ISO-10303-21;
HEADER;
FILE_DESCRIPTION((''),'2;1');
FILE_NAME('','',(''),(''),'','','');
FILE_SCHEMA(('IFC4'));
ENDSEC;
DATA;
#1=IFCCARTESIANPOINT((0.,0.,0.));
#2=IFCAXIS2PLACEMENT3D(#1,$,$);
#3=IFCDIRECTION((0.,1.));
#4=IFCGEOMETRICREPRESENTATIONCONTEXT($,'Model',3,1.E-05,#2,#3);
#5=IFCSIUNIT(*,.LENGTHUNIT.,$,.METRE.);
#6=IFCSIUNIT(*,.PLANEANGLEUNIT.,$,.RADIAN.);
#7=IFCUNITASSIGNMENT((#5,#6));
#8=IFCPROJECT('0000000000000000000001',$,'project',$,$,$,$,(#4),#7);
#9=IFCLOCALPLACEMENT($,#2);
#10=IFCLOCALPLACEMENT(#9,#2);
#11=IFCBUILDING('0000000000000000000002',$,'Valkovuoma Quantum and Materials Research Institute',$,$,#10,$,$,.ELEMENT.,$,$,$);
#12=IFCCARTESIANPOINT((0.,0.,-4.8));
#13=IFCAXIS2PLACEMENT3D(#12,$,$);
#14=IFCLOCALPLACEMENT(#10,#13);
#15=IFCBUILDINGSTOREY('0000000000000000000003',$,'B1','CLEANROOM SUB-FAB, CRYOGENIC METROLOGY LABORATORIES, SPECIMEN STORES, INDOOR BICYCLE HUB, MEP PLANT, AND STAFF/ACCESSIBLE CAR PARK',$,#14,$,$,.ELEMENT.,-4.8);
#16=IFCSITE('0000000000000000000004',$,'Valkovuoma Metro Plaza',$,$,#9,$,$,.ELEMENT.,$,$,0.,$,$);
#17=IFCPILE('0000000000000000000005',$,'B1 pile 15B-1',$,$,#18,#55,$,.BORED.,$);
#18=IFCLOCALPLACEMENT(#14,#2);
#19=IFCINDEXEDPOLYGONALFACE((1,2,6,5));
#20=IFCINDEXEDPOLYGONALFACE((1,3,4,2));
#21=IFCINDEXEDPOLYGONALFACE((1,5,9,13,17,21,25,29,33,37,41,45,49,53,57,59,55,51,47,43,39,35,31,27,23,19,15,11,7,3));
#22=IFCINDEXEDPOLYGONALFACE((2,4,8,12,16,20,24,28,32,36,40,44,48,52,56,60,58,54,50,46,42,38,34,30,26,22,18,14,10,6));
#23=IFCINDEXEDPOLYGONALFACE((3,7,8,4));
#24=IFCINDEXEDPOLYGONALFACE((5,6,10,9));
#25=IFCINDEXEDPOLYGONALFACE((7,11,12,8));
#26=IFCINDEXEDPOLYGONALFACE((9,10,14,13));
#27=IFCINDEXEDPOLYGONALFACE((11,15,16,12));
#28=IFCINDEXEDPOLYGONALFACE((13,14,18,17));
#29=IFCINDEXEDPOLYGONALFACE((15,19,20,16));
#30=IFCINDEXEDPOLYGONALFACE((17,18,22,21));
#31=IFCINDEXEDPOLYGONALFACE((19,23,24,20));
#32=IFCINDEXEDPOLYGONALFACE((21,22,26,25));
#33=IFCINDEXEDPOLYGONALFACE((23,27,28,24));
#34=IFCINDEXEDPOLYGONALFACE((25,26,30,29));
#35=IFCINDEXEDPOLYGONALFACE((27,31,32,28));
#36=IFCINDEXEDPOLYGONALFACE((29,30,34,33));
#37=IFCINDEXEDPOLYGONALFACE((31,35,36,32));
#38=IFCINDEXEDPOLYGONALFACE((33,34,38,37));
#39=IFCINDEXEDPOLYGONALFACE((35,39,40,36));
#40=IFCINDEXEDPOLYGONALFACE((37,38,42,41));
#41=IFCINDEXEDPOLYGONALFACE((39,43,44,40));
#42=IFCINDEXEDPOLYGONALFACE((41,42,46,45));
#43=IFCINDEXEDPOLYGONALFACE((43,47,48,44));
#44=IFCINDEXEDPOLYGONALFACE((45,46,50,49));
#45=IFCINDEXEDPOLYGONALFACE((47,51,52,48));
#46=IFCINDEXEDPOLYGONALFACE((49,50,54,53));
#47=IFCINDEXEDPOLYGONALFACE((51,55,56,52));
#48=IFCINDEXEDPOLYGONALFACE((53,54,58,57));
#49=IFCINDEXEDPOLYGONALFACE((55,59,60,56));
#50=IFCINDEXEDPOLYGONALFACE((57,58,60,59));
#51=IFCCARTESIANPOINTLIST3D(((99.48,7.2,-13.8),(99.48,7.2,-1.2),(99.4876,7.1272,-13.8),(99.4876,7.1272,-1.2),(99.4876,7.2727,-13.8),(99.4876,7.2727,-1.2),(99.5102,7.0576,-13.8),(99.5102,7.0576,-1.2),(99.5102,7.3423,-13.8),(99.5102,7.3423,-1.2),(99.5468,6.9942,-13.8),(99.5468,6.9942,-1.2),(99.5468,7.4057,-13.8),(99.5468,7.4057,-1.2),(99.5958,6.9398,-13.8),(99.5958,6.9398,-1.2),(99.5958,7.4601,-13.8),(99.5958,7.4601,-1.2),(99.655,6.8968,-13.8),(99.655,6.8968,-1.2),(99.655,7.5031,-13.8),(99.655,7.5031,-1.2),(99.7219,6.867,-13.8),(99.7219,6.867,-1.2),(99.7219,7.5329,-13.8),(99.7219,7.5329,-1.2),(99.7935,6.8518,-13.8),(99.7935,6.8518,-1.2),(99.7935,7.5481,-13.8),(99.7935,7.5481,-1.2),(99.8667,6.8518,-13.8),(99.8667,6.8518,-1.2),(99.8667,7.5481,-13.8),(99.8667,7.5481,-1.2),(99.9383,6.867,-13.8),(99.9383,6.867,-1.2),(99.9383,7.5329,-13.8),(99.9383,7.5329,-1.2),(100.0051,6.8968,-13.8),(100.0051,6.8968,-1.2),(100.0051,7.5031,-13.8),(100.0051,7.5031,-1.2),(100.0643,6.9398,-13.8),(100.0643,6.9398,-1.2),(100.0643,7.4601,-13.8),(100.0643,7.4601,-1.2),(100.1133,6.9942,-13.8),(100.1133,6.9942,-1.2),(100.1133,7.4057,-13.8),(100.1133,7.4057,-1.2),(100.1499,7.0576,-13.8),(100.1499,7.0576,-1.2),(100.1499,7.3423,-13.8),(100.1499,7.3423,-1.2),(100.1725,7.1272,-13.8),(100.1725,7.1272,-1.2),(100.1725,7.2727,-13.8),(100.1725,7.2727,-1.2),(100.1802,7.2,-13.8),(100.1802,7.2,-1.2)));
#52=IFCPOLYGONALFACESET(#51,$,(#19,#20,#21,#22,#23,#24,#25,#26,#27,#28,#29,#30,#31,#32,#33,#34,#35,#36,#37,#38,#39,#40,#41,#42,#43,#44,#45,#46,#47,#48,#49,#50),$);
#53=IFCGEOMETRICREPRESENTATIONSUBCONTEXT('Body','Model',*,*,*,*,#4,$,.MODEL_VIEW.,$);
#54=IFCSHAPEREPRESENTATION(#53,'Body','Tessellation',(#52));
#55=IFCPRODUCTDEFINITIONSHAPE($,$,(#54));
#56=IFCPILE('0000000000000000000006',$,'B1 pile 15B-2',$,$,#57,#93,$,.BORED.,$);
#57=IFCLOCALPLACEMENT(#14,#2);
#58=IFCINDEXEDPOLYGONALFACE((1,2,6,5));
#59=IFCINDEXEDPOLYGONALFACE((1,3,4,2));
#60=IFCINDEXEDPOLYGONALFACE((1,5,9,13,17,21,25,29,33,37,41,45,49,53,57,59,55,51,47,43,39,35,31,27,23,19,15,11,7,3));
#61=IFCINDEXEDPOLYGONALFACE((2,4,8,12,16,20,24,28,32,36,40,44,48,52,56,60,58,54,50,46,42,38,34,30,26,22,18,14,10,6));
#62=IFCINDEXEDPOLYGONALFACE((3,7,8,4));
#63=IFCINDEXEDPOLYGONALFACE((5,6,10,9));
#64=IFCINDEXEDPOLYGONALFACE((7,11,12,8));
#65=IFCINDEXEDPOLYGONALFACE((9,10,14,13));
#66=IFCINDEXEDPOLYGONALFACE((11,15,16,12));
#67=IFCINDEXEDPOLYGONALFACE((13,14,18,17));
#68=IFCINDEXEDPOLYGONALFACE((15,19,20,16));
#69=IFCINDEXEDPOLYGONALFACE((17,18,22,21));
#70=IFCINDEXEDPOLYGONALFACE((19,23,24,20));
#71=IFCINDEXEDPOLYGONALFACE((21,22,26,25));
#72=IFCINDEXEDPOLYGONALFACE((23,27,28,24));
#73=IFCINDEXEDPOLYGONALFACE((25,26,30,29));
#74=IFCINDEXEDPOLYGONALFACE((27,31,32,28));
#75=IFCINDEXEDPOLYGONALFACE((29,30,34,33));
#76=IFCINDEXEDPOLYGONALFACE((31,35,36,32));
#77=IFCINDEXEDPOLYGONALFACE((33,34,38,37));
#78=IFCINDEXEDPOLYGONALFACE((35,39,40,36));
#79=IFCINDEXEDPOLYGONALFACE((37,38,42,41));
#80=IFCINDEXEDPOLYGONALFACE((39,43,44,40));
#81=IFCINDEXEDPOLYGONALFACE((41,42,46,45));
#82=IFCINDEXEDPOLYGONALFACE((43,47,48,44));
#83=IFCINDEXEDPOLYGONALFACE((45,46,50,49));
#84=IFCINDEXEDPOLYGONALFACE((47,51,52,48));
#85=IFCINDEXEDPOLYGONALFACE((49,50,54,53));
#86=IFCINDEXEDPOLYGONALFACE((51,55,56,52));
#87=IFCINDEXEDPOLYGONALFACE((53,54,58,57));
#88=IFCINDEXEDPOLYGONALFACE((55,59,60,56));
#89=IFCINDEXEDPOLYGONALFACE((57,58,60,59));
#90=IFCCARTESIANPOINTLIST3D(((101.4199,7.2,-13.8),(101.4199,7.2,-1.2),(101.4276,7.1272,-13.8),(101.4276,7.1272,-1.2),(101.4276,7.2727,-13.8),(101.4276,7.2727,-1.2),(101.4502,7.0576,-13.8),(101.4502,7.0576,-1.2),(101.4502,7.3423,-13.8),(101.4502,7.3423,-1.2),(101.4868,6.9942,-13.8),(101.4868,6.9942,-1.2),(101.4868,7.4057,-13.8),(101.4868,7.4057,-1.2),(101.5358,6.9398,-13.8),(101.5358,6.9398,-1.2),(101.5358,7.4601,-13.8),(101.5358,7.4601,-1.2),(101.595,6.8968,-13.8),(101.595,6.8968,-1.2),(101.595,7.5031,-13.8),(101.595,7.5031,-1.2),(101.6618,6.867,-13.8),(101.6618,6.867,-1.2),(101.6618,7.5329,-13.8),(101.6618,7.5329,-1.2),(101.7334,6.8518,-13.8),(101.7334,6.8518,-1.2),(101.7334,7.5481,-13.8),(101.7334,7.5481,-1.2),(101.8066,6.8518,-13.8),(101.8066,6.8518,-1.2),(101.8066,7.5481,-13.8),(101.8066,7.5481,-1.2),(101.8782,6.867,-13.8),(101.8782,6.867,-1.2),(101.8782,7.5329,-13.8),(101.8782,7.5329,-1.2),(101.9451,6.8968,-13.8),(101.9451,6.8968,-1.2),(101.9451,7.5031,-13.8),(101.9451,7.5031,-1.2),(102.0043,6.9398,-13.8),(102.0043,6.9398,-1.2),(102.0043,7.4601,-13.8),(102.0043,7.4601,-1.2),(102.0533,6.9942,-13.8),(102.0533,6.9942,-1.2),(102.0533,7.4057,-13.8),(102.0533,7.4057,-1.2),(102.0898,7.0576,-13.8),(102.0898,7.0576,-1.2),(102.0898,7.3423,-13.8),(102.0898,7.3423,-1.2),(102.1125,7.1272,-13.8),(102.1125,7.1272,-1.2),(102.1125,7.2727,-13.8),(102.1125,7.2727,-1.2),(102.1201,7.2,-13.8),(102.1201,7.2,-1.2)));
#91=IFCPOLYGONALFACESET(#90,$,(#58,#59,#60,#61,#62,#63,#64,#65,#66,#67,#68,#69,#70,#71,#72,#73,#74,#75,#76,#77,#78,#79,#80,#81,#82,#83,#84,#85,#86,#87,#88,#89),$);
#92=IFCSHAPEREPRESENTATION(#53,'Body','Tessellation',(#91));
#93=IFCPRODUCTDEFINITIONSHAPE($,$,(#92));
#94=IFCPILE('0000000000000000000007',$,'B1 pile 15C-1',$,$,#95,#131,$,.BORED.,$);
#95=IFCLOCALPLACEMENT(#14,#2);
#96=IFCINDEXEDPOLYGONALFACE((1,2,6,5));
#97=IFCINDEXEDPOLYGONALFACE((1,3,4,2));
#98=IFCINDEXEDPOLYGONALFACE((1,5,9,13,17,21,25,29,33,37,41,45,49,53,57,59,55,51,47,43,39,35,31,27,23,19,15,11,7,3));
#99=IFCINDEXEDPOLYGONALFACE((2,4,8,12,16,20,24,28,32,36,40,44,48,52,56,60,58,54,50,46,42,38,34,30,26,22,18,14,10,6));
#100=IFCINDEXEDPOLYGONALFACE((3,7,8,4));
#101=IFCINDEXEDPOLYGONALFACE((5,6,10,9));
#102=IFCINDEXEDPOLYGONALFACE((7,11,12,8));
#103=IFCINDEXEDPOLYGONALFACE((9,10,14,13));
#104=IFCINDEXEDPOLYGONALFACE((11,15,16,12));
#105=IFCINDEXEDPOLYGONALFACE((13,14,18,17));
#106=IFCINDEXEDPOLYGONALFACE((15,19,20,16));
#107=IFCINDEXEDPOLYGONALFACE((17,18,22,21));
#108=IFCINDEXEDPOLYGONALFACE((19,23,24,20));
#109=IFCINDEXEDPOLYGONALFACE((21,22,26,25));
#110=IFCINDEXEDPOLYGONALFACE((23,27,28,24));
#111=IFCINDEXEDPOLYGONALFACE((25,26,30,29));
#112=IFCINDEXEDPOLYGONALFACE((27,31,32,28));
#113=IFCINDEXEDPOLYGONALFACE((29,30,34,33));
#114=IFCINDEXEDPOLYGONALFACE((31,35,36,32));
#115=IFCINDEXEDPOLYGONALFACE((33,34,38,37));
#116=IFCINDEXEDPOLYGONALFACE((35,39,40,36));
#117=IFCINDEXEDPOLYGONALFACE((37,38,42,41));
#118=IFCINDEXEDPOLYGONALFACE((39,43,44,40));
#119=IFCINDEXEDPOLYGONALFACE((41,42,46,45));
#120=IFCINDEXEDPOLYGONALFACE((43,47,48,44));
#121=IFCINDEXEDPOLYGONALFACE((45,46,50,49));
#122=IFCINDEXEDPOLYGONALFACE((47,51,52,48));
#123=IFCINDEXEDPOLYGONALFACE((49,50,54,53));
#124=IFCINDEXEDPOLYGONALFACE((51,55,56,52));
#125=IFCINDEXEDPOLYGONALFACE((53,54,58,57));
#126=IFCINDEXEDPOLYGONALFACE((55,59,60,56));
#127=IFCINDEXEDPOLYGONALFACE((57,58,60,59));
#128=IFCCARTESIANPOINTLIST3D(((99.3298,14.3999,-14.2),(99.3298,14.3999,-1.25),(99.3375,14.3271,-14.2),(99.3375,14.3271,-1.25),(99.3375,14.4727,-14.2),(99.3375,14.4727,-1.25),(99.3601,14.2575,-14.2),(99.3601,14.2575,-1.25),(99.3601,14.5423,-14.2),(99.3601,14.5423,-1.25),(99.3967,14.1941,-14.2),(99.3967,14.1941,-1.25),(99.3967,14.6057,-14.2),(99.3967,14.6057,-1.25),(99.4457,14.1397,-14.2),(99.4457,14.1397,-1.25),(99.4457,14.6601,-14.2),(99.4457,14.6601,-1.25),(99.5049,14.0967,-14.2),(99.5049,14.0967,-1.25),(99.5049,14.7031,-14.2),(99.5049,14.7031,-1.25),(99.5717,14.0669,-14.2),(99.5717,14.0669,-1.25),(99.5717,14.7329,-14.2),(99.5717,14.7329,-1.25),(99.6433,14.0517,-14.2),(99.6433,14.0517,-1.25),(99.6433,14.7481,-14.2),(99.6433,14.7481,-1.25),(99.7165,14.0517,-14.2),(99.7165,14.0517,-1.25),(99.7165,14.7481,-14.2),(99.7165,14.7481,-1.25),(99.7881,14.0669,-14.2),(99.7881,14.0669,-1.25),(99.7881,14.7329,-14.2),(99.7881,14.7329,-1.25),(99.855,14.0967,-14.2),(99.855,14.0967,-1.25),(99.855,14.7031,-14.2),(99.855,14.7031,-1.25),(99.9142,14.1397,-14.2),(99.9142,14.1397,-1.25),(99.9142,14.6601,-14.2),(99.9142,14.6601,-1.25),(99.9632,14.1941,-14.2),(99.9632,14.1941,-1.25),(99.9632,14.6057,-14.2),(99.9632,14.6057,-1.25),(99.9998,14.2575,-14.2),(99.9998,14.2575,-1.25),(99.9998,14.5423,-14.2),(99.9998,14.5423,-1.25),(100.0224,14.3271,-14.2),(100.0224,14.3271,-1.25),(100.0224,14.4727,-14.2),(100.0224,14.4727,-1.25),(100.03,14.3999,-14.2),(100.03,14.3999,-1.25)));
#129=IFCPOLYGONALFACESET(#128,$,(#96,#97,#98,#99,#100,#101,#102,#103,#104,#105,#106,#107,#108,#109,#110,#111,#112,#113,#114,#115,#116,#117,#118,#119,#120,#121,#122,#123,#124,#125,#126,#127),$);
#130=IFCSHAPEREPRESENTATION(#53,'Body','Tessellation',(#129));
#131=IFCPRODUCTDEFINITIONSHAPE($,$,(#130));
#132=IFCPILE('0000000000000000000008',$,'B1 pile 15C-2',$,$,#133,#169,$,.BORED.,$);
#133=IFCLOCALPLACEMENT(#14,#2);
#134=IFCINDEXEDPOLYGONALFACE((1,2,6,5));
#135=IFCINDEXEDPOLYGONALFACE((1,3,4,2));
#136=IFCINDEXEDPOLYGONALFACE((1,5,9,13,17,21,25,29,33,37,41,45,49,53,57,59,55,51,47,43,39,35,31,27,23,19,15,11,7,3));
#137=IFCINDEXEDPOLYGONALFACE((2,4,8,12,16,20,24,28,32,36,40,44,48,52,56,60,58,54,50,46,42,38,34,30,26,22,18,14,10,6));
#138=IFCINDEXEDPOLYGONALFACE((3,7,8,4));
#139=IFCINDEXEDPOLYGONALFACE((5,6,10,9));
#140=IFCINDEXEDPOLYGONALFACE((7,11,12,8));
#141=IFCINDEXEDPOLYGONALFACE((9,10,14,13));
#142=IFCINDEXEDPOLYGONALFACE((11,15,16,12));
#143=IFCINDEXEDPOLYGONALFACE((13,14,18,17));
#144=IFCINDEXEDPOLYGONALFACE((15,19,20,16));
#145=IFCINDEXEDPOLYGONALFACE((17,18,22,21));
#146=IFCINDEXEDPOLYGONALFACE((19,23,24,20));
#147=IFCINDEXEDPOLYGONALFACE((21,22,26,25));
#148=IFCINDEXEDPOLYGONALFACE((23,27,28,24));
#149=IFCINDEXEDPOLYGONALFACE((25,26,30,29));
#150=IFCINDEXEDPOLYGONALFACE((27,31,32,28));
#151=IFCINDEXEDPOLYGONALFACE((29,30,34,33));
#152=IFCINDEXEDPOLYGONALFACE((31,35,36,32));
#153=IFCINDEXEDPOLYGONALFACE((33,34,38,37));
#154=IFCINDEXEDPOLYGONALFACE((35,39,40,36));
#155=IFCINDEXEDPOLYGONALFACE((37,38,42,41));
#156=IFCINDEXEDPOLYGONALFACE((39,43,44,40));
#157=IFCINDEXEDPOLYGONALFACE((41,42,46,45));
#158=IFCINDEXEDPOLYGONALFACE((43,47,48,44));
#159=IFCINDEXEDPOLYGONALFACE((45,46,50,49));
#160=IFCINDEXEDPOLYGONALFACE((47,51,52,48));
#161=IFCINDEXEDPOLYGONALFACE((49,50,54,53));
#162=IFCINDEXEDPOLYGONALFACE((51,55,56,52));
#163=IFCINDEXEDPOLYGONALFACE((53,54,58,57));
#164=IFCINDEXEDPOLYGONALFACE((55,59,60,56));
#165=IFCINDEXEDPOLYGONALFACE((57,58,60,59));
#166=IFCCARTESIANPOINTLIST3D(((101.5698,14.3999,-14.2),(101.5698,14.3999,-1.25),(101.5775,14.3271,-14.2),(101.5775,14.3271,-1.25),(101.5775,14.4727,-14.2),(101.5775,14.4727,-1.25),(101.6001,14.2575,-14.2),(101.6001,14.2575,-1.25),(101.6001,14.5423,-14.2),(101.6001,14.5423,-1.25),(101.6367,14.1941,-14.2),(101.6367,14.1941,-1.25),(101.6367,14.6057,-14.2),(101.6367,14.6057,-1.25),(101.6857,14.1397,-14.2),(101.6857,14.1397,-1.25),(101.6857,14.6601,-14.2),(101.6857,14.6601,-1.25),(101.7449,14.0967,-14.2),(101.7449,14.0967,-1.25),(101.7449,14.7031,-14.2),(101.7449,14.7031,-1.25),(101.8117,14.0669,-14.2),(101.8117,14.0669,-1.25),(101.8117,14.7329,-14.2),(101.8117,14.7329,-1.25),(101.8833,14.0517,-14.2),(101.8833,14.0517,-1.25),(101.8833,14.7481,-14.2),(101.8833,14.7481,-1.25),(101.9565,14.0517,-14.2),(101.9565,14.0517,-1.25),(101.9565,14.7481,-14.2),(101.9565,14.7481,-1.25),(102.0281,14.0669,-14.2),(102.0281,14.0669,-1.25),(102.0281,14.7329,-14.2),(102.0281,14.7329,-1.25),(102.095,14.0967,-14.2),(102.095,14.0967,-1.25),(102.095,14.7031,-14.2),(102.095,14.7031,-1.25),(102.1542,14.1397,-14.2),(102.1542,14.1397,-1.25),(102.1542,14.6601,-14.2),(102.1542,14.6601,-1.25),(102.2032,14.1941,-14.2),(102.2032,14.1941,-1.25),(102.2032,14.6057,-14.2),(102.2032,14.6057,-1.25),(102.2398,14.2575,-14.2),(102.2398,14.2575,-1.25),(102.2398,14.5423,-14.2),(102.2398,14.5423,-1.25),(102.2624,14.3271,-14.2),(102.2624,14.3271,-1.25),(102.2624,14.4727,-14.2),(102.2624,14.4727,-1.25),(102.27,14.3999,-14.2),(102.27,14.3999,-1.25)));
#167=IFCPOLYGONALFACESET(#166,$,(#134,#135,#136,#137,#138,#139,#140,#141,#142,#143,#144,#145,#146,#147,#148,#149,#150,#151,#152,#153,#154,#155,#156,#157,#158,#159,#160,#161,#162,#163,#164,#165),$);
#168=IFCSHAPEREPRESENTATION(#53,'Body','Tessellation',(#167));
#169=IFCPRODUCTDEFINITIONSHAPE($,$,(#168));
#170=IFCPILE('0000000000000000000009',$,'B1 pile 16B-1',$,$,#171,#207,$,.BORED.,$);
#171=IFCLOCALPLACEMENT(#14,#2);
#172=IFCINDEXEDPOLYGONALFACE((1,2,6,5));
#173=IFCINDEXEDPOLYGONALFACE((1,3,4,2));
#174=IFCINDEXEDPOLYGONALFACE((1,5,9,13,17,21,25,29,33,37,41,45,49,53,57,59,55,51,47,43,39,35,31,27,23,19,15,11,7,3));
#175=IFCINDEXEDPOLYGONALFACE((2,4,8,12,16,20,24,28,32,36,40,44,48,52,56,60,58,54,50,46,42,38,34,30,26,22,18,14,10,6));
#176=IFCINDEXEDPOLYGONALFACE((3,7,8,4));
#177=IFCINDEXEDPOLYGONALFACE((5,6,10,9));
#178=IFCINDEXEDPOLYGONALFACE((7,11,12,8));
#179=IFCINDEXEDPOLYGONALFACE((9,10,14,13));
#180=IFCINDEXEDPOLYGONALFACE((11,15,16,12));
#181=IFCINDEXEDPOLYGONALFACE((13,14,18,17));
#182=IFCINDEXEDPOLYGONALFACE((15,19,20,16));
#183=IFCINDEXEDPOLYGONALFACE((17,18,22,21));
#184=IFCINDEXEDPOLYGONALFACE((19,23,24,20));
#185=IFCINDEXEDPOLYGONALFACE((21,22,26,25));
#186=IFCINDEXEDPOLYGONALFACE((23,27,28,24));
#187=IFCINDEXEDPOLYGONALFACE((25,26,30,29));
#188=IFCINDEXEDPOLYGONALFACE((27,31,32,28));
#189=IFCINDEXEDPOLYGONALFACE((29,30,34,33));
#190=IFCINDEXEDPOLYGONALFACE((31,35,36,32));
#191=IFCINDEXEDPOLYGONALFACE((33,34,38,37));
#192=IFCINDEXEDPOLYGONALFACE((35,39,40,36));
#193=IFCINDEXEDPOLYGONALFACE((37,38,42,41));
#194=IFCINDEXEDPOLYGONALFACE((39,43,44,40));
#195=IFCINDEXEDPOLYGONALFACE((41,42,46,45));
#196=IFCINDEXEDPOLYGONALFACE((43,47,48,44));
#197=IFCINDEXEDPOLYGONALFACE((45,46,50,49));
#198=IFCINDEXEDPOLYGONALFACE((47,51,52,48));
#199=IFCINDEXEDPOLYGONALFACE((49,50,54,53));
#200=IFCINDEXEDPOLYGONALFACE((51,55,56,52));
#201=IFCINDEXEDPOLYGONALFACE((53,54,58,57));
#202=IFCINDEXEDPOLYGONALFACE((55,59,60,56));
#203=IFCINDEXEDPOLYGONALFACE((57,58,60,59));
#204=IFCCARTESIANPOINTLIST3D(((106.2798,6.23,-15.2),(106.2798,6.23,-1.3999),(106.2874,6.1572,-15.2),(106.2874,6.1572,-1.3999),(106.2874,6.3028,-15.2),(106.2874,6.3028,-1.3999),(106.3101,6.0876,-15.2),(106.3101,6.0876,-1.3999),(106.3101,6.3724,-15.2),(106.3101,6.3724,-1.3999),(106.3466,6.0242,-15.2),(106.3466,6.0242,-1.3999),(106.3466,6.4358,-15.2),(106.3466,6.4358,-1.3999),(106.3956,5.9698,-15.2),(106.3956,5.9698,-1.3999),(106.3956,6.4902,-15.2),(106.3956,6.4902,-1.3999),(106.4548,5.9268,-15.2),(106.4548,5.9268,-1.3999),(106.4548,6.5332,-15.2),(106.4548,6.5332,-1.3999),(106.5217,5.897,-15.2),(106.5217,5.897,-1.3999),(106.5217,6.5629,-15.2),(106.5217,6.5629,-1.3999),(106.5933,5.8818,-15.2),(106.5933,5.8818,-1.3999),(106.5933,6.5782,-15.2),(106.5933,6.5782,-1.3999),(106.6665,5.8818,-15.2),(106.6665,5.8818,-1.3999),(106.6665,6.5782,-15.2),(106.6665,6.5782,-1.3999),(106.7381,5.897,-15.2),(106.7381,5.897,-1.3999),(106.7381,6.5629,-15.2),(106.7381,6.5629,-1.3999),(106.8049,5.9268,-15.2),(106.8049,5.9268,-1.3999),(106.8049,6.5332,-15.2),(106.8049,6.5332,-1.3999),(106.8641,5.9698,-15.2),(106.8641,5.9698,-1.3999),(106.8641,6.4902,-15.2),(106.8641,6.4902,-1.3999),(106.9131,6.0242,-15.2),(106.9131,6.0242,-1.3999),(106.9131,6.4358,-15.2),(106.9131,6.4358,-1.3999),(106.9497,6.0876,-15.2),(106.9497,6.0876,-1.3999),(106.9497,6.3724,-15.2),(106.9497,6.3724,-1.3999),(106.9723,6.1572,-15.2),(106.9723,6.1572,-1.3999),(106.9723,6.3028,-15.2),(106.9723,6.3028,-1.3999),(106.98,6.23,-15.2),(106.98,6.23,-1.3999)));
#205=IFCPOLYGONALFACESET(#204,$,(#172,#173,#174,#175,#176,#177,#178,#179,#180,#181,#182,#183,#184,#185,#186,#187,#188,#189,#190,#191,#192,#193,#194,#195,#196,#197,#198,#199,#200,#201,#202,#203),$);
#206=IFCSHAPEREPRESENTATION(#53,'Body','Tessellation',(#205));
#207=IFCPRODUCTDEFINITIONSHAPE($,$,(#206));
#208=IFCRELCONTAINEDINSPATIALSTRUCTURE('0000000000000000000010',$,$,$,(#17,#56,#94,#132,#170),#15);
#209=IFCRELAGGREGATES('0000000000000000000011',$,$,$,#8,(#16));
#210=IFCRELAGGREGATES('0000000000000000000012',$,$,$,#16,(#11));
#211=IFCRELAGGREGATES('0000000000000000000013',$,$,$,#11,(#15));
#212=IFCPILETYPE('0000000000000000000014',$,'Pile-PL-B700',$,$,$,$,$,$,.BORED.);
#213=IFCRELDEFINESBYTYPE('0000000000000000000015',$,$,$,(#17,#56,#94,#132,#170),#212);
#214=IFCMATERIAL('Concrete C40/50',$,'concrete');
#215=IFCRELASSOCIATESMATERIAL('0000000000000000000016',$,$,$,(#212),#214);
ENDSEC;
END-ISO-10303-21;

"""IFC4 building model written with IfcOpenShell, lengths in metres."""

from ifc_helpers import new_model, si_unit, direction, frame, origin, origin_2d, place, context, subcontext, project, spatial, circle, extrude, material, material_profile, profile_set, type_object, element, save


model = new_model("IFC4")

# Units and contexts
model_context = context("Model", 3, precision=1e-05, world=origin(), true_north=direction((0.0, 1.0)))
body_context = subcontext(model_context, "Body", "Model", "MODEL_VIEW")
ifc_project = project(units=[si_unit("LENGTHUNIT", "METRE"), si_unit("PLANEANGLEUNIT", "RADIAN")], contexts=[model_context])

# Site, building, storey
site_placement = place(None, origin())
site = spatial("IfcSite", under=ifc_project, at=site_placement, Name="Valkovuoma Metro Plaza", CompositionType="ELEMENT", RefElevation=0.0)
building_placement = place(site_placement, origin())
building = spatial("IfcBuilding", under=site, at=building_placement, Name="Valkovuoma Quantum and Materials Research Institute", CompositionType="ELEMENT")
storey_placement = place(building_placement, frame((0.0, 0.0, -4.8)))
storey = spatial("IfcBuildingStorey", under=building, at=storey_placement, Name="B1", Description="CLEANROOM SUB-FAB, CRYOGENIC METROLOGY LABORATORIES, SPECIMEN STORES, INDOOR BICYCLE HUB, MEP PLANT, AND STAFF/ACCESSIBLE CAR PARK", CompositionType="ELEMENT", Elevation=-4.8)

# Piles
ifc_material_1 = material(Name="Concrete C40/50", Category="concrete")
ifc_material_profile_1 = material_profile(ifc_material_1, circle(Radius=0.3501, at=origin_2d()), Name="Concrete C40/50")
ifc_profile_set_1 = profile_set([ifc_material_profile_1], Name="Concrete C40/50")
pile_type = type_object("IfcPileType", Name="Pile-PL-B700", PredefinedType="BORED", material=ifc_profile_set_1)
for number, where, z_axis, x_axis, name in (
    (1, (99.8301, 7.2, -1.2), (0.0, 0.0, -1.0), (1.0, 0.0, 0.0), "B1 pile 15B-1"),
    (2, (101.77, 7.2, -1.2), (0.0, 0.0, -1.0), (1.0, 0.0, 0.0), "B1 pile 15B-2"),
):
    element("IfcPile", number, at=place(storey_placement, frame(where, z_axis=z_axis, x_axis=x_axis)), inside=storey, type_object=pile_type, Name=name, PredefinedType="BORED", context=body_context, shape_type="SweptSolid", body=[
        extrude(circle(Radius=0.3501, at=origin_2d()), origin(), (0.0, 0.0, 1.0), 12.6001),
    ])
for number, where, z_axis, x_axis, name in (
    (3, (99.6799, 14.3999, -1.25), (0.0, 0.0, -1.0), (1.0, 0.0, 0.0), "B1 pile 15C-1"),
    (4, (101.9199, 14.3999, -1.25), (0.0, 0.0, -1.0), (1.0, 0.0, 0.0), "B1 pile 15C-2"),
):
    element("IfcPile", number, at=place(storey_placement, frame(where, z_axis=z_axis, x_axis=x_axis)), inside=storey, type_object=pile_type, Name=name, PredefinedType="BORED", context=body_context, shape_type="SweptSolid", body=[
        extrude(circle(Radius=0.3501, at=origin_2d()), origin(), (0.0, 0.0, 1.0), 12.95),
    ])
for number, where, z_axis, x_axis, name in (
    (5, (106.6299, 6.23, -1.3999), (0.0, 0.0, -1.0), (1.0, 0.0, 0.0), "B1 pile 16B-1"),
):
    element("IfcPile", number, at=place(storey_placement, frame(where, z_axis=z_axis, x_axis=x_axis)), inside=storey, type_object=pile_type, Name=name, PredefinedType="BORED", context=body_context, shape_type="SweptSolid", body=[
        extrude(circle(Radius=0.3501, at=origin_2d()), origin(), (0.0, 0.0, 1.0), 13.8),
    ])

save(model, "model.ifc")
